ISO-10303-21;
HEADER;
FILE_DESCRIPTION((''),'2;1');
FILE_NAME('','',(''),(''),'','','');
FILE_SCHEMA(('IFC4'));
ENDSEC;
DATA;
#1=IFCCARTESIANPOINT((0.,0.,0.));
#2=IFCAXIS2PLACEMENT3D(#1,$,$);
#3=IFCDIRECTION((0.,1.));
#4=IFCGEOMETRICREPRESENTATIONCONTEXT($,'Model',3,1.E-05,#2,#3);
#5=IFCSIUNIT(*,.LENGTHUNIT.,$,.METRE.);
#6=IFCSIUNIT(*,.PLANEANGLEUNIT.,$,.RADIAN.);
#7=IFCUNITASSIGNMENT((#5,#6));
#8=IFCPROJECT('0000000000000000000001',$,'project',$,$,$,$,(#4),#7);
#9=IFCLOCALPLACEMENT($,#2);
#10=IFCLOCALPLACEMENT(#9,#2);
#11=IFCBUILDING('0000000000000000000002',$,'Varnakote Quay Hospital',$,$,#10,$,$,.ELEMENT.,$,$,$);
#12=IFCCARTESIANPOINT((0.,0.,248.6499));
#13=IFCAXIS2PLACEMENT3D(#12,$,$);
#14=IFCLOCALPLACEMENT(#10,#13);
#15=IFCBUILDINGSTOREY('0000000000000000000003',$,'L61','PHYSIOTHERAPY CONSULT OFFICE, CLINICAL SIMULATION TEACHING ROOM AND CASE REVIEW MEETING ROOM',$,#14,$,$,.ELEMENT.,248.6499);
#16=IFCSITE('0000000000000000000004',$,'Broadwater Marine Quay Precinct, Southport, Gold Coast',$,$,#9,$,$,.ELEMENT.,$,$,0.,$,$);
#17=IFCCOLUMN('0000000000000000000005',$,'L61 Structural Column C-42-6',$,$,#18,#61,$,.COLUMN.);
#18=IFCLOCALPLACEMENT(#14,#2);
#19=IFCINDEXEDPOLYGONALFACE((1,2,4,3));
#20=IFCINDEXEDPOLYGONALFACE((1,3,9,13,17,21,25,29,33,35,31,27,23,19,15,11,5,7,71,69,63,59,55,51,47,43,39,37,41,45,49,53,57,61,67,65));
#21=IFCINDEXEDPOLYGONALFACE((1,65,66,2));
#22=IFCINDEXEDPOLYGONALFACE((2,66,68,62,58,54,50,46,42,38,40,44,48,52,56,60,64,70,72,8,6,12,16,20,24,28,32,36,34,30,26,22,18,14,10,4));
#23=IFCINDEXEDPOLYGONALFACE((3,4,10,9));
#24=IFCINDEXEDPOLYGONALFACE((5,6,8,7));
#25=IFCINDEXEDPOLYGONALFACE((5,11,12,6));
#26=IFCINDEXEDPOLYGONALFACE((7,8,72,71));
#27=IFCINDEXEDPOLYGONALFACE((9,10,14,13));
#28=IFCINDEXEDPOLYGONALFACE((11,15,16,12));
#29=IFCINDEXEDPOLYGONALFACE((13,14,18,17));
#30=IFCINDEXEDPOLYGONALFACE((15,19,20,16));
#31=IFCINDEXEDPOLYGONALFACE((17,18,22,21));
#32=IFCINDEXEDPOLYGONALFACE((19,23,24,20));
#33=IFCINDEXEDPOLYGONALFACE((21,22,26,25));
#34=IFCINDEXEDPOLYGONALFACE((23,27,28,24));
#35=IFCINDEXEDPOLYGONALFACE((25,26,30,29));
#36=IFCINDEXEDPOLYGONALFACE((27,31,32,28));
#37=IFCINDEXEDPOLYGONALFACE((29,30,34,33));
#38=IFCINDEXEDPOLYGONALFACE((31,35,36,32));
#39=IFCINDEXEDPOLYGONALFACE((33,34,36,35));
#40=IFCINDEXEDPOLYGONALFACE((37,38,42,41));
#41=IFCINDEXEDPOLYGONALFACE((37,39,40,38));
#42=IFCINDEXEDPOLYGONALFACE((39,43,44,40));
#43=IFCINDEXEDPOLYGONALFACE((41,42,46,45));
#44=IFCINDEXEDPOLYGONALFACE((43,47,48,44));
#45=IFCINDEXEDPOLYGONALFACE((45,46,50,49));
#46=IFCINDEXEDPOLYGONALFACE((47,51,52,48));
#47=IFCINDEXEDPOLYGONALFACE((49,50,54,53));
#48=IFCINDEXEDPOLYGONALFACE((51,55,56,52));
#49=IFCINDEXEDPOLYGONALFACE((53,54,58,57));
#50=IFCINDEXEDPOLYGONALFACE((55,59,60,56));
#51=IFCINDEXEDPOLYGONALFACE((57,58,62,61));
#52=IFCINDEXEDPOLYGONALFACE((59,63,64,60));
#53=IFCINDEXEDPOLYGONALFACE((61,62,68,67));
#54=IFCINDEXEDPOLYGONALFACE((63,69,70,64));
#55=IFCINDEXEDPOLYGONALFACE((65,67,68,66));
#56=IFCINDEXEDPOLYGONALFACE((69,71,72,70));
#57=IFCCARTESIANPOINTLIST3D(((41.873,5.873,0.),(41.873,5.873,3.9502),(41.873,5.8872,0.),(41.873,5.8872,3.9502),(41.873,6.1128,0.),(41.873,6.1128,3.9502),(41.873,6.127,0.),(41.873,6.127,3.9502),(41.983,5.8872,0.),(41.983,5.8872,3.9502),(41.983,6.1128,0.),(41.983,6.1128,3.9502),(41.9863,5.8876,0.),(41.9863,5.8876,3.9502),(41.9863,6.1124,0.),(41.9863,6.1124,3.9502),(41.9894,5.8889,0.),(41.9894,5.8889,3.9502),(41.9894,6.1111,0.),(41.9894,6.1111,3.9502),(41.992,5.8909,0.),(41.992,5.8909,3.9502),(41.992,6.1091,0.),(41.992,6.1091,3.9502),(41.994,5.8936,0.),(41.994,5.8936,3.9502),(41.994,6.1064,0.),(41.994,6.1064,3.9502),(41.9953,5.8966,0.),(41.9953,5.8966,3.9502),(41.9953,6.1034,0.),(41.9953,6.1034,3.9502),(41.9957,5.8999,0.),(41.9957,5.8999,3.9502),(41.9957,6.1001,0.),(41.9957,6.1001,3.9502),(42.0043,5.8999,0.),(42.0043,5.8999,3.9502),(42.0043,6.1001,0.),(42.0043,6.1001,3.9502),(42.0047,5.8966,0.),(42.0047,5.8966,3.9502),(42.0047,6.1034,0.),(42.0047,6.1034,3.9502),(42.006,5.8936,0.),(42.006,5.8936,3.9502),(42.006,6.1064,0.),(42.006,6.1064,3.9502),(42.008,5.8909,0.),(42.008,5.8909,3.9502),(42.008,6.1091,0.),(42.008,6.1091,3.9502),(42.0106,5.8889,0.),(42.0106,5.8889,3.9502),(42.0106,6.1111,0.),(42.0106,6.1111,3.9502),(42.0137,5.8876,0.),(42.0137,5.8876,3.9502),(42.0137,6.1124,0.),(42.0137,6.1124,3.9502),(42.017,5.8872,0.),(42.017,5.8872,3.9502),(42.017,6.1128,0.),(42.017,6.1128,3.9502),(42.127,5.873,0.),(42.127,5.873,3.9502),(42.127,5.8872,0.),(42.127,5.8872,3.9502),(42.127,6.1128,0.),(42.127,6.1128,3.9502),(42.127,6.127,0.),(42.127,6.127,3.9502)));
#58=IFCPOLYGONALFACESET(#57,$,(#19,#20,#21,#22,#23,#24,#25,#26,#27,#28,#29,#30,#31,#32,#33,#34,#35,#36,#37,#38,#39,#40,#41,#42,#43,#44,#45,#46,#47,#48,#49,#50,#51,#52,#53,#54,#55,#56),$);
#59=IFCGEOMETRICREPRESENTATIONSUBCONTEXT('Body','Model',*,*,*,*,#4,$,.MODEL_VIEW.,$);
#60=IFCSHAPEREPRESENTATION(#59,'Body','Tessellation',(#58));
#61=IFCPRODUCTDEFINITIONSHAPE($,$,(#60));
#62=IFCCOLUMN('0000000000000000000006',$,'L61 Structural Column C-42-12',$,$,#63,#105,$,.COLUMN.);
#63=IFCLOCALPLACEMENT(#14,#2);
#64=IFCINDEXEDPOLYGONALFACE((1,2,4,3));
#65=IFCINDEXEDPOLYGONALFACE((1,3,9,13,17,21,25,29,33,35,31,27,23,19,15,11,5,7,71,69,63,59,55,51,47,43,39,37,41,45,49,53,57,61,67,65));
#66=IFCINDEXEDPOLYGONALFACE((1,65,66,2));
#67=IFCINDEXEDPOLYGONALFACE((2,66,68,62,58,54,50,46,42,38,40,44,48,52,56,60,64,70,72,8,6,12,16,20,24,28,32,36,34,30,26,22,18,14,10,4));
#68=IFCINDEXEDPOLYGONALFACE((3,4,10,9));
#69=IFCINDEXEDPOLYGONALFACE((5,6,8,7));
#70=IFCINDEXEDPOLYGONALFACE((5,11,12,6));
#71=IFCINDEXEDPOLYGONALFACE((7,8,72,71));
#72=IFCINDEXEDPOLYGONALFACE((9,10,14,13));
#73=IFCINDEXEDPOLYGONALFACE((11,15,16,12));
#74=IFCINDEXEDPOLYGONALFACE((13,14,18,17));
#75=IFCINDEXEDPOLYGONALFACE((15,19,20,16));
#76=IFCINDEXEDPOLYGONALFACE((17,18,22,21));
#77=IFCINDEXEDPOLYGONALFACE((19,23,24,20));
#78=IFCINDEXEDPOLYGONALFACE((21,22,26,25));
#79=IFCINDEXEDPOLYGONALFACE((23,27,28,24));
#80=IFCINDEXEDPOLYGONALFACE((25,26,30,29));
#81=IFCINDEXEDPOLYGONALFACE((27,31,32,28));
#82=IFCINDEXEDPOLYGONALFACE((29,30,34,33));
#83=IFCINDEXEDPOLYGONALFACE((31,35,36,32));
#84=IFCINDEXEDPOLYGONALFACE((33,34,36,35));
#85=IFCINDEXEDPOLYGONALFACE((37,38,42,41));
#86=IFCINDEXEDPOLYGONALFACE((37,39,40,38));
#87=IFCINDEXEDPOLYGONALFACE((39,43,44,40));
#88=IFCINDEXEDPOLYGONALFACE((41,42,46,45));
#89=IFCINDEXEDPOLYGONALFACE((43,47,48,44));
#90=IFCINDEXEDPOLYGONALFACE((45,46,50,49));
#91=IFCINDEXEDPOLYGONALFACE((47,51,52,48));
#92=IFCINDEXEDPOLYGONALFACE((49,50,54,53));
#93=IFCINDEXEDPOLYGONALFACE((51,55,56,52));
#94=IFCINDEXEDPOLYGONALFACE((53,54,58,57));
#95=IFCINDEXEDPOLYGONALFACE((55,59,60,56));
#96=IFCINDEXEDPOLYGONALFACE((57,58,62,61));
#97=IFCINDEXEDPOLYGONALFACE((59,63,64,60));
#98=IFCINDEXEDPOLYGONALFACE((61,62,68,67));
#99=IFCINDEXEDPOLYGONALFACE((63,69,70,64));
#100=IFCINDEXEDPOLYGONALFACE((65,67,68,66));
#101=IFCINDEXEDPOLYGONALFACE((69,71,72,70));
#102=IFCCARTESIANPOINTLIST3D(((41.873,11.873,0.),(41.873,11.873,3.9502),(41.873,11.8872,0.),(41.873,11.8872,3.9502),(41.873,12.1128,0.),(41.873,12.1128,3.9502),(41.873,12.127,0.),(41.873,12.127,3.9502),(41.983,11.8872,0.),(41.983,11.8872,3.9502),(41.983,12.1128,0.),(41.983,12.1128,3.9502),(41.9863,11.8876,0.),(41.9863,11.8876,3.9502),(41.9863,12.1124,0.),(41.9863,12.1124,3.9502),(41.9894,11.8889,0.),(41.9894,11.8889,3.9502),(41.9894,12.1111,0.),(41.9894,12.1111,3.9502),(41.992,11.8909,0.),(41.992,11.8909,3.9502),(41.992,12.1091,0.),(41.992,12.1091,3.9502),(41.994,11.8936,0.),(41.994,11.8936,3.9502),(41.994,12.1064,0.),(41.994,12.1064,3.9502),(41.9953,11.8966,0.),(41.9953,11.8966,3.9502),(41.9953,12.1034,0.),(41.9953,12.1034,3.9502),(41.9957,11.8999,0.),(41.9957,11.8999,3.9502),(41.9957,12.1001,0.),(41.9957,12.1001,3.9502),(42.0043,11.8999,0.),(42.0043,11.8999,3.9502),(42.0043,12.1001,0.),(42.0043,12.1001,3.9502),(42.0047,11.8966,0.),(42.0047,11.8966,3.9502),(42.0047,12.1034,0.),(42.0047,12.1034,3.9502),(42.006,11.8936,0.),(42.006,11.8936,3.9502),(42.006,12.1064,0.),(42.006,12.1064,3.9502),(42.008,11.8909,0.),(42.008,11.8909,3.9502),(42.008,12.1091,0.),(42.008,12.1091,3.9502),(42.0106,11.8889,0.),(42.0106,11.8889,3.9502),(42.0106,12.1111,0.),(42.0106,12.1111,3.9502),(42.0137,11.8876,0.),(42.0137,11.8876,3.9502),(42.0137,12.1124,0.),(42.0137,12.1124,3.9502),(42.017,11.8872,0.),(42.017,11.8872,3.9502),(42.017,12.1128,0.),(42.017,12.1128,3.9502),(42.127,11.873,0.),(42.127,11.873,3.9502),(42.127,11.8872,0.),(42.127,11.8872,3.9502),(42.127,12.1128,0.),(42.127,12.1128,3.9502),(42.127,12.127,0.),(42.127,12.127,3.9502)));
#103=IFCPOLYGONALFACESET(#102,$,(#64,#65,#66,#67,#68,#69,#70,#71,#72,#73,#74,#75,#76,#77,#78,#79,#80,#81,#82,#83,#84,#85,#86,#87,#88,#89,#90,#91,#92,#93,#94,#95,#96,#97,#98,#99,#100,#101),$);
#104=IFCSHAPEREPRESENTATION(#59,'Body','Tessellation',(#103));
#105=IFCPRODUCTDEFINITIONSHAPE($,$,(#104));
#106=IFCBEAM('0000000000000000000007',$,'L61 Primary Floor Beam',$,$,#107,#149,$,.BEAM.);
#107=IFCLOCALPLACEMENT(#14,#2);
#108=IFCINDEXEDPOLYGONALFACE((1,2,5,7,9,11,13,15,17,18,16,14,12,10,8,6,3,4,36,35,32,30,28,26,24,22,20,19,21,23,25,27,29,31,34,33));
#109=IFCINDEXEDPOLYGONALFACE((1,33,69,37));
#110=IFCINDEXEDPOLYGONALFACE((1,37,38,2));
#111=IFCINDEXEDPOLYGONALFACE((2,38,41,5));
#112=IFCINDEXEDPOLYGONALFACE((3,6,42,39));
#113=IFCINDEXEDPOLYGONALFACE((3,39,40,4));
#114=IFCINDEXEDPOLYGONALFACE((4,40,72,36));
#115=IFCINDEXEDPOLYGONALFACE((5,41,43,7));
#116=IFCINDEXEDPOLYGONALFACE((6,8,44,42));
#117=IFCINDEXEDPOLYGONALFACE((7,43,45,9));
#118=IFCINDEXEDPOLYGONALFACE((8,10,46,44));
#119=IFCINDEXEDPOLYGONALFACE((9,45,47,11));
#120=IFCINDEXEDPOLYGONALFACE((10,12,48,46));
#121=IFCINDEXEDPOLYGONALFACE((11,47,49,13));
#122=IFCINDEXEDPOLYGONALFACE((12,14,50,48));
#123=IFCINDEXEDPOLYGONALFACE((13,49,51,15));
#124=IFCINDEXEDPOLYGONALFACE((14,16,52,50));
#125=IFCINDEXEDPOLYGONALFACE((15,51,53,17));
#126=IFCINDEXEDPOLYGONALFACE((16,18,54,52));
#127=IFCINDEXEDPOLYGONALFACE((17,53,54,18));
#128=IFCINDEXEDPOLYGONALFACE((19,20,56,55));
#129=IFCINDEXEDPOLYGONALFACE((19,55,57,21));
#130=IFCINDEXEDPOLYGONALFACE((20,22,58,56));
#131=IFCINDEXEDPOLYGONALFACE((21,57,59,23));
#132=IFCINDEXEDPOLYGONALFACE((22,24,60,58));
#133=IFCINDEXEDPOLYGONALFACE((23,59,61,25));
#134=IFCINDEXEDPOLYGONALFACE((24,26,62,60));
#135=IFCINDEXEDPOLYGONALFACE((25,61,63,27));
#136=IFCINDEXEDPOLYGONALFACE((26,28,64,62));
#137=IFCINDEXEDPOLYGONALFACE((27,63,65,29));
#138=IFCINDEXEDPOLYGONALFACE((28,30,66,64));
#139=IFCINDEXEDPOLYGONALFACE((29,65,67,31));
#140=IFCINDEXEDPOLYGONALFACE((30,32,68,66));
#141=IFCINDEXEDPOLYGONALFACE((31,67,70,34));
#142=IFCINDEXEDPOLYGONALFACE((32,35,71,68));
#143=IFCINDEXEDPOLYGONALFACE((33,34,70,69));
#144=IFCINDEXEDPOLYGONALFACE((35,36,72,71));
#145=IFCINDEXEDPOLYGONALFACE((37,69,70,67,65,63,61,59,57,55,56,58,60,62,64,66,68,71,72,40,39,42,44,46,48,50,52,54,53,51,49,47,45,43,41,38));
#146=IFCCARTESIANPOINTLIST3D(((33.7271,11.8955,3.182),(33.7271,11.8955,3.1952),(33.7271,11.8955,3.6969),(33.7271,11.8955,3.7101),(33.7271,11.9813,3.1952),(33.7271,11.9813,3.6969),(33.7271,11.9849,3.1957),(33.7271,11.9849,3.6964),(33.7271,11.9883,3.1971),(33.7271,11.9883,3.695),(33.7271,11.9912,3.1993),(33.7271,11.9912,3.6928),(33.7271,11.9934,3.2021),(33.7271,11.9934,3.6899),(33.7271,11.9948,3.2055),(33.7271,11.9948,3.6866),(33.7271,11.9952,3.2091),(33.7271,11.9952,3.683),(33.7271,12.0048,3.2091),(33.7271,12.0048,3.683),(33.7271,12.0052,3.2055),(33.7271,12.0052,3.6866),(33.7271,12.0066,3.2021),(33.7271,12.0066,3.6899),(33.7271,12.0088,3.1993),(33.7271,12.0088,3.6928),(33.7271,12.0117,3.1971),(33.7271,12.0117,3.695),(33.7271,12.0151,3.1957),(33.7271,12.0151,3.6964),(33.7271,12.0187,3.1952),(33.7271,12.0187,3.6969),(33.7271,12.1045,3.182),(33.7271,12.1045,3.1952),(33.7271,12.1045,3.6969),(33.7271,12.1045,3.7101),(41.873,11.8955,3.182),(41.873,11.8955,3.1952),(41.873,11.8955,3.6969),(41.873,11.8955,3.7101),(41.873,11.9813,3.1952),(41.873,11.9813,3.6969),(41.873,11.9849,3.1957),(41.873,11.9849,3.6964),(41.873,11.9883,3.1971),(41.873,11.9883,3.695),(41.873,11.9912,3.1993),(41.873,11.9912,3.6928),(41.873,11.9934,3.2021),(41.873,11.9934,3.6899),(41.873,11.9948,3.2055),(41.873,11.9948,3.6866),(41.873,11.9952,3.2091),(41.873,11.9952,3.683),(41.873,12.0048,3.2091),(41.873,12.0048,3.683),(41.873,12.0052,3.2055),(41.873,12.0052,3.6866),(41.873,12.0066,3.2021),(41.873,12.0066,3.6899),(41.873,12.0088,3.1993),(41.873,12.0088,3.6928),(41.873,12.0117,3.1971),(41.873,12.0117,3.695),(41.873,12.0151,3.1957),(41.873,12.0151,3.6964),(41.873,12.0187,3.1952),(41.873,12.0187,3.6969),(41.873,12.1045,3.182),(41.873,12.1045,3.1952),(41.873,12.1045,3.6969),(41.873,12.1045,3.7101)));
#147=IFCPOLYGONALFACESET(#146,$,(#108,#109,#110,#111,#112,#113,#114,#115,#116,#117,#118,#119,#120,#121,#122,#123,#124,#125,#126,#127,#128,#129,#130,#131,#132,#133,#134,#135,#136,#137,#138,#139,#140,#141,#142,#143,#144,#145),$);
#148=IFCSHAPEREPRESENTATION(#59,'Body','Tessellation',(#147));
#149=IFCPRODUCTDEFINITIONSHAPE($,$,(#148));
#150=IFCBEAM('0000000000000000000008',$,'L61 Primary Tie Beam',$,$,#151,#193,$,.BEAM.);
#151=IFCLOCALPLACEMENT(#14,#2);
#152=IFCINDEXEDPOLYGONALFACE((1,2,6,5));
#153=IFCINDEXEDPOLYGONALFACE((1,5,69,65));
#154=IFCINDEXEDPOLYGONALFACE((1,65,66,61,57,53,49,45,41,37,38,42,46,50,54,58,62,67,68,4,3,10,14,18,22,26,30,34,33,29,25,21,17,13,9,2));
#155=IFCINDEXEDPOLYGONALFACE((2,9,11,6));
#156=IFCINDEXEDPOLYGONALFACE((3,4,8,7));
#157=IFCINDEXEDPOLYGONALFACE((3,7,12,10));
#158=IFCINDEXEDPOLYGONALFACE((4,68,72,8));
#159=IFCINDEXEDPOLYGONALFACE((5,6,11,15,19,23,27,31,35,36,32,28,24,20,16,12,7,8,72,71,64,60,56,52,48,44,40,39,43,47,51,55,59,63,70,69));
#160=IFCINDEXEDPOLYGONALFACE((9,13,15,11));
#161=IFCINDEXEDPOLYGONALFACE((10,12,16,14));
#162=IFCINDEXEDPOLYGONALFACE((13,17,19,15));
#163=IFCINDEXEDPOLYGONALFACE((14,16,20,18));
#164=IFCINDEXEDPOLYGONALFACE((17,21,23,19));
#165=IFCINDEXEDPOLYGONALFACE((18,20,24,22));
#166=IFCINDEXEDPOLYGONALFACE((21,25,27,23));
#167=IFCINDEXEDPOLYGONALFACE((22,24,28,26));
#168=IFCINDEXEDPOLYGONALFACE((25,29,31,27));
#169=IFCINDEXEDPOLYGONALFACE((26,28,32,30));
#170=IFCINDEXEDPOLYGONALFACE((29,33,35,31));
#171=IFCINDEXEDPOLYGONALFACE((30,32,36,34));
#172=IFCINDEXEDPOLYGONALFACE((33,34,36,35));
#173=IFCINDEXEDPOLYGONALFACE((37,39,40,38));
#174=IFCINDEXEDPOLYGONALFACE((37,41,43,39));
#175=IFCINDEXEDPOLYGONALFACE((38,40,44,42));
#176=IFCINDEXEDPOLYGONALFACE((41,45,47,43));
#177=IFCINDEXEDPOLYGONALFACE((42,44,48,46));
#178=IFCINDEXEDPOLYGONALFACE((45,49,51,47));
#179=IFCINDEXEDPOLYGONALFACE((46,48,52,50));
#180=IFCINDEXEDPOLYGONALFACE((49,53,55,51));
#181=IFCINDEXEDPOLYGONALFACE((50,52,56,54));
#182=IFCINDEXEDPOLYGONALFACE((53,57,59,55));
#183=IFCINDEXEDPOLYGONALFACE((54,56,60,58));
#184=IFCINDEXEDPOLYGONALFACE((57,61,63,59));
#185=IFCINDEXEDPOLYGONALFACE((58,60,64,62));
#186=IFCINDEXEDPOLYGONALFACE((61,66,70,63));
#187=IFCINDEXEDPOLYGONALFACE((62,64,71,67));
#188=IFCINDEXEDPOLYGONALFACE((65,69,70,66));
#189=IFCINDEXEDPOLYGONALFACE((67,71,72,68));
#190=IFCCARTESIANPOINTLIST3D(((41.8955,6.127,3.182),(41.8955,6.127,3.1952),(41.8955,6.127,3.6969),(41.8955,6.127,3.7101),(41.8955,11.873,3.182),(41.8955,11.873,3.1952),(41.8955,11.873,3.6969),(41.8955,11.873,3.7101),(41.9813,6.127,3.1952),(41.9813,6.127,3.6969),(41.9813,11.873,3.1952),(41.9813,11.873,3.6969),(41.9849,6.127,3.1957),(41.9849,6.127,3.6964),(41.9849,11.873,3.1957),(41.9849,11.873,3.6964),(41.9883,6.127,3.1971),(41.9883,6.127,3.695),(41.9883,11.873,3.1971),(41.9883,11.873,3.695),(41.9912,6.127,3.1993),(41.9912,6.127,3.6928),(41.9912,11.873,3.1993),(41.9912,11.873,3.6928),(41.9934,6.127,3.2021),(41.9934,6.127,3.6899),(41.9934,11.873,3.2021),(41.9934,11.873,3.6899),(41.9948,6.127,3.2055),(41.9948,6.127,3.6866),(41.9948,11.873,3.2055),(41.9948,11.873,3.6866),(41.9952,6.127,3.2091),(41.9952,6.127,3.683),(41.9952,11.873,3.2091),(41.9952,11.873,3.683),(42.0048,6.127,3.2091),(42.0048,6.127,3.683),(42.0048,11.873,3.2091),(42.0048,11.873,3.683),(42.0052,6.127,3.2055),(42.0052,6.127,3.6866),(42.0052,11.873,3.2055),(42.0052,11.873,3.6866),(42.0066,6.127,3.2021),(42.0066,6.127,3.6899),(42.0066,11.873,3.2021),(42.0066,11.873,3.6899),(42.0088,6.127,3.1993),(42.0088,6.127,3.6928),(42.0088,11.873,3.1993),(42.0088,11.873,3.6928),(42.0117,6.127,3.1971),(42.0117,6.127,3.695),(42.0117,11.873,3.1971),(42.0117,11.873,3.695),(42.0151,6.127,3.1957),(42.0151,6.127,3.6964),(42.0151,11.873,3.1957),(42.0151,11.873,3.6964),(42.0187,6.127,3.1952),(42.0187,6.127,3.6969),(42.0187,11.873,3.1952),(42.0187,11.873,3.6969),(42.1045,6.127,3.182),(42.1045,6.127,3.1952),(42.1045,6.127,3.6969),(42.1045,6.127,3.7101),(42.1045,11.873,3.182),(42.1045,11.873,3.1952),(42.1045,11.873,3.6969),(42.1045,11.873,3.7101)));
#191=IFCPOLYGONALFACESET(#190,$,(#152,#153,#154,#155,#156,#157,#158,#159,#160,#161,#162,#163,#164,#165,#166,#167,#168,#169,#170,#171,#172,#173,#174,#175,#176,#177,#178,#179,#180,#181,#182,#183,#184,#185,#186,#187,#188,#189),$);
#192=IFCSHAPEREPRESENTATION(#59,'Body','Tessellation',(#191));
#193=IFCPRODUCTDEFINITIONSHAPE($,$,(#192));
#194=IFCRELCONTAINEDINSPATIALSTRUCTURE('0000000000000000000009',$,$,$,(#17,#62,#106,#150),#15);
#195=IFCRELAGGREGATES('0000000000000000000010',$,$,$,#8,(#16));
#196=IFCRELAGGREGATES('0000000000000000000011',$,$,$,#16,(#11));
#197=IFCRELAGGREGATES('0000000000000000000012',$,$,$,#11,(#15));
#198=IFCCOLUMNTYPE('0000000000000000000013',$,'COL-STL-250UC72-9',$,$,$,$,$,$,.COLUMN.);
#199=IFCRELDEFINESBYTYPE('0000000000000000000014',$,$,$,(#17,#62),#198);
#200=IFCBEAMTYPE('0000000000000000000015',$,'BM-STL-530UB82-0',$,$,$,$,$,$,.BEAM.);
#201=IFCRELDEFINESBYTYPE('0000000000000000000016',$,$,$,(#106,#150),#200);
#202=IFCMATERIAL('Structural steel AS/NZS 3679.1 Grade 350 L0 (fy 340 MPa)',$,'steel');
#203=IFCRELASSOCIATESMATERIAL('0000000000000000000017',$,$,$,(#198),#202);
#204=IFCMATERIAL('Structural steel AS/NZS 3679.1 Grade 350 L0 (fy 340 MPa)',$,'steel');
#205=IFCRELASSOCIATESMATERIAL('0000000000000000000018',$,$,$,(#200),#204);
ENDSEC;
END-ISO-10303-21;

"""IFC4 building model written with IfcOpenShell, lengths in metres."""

from ifc_helpers import new_model, si_unit, direction, frame, origin, origin_2d, place, context, subcontext, project, spatial, i_section, extrude, material, material_profile, profile_set, type_object, element, save


model = new_model("IFC4")

# Units and contexts
model_context = context("Model", 3, precision=1e-05, world=origin(), true_north=direction((0.0, 1.0)))
body_context = subcontext(model_context, "Body", "Model", "MODEL_VIEW")
ifc_project = project(units=[si_unit("LENGTHUNIT", "METRE"), si_unit("PLANEANGLEUNIT", "RADIAN")], contexts=[model_context])

# Site, building, storey
site_placement = place(None, origin())
site = spatial("IfcSite", under=ifc_project, at=site_placement, Name="Broadwater Marine Quay Precinct, Southport, Gold Coast", CompositionType="ELEMENT", RefElevation=0.0)
building_placement = place(site_placement, origin())
building = spatial("IfcBuilding", under=site, at=building_placement, Name="Varnakote Quay Hospital", CompositionType="ELEMENT")
storey_placement = place(building_placement, frame((0.0, 0.0, 248.6499)))
storey = spatial("IfcBuildingStorey", under=building, at=storey_placement, Name="L61", Description="PHYSIOTHERAPY CONSULT OFFICE, CLINICAL SIMULATION TEACHING ROOM AND CASE REVIEW MEETING ROOM", CompositionType="ELEMENT", Elevation=248.6499)

# Columns
ifc_material_1 = material(Name="Structural steel AS/NZS 3679.1 Grade 350 L0 (fy 340 MPa)", Category="steel")
ifc_material_profile_1 = material_profile(ifc_material_1, i_section(OverallWidth=0.2539, OverallDepth=0.2539, WebThickness=0.0085, FlangeThickness=0.0142, FilletRadius=0.0127, at=origin_2d()), Name="250UC72.9")
ifc_profile_set_1 = profile_set([ifc_material_profile_1], Name="Structural steel AS/NZS 3679.1 Grade 350 L0 (fy 340 MPa)")
column_type = type_object("IfcColumnType", Name="COL-STL-250UC72-9", PredefinedType="COLUMN", material=ifc_profile_set_1)
for number, where, z_axis, x_axis, name in (
    (1, (42.0, 6.0, 0.0), (0.0, 0.0, 1.0), (1.0, 0.0, 0.0), "L61 Structural Column C-42-6"),
    (2, (42.0, 12.0, 0.0), (0.0, 0.0, 1.0), (1.0, 0.0, 0.0), "L61 Structural Column C-42-12"),
):
    element("IfcColumn", number, at=place(storey_placement, frame(where, z_axis=z_axis, x_axis=x_axis)), inside=storey, type_object=column_type, Name=name, PredefinedType="COLUMN", context=body_context, shape_type="SweptSolid", body=[
        extrude(i_section(OverallWidth=0.2539, OverallDepth=0.2539, WebThickness=0.0085, FlangeThickness=0.0142, FilletRadius=0.0127, at=origin_2d()), origin(), (0.0, 0.0, 1.0), 3.9502),
    ])

# Beams
ifc_material_2 = material(Name="Structural steel AS/NZS 3679.1 Grade 350 L0 (fy 340 MPa)", Category="steel")
ifc_material_profile_2 = material_profile(ifc_material_2, i_section(OverallWidth=0.209, OverallDepth=0.5281, WebThickness=0.0095, FlangeThickness=0.0132, FilletRadius=0.0139, at=origin_2d()), Name="530UB82.0")
ifc_profile_set_2 = profile_set([ifc_material_profile_2], Name="Structural steel AS/NZS 3679.1 Grade 350 L0 (fy 340 MPa)")
beam_type_1 = type_object("IfcBeamType", Name="BM-STL-530UB82-0", PredefinedType="BEAM", material=ifc_profile_set_2)
beam_1_placement = place(storey_placement, frame((33.7271, 12.0, 3.446), z_axis=(1.0, 0.0, 0.0), x_axis=(0.0, 1.0, 0.0)))
element("IfcBeam", 3, at=beam_1_placement, inside=storey, type_object=beam_type_1, Name="L61 Primary Floor Beam", PredefinedType="BEAM", context=body_context, shape_type="SweptSolid", body=[
    extrude(i_section(OverallWidth=0.209, OverallDepth=0.5281, WebThickness=0.0095, FlangeThickness=0.0132, FilletRadius=0.0139, at=origin_2d()), origin(), (0.0, 0.0, 1.0), 8.146),
])
beam_2_placement = place(storey_placement, frame((42.0, 6.127, 3.446), z_axis=(0.0, 1.0, 0.0), x_axis=(-1.0, 0.0, 0.0)))
element("IfcBeam", 4, at=beam_2_placement, inside=storey, type_object=beam_type_1, Name="L61 Primary Tie Beam", PredefinedType="BEAM", context=body_context, shape_type="SweptSolid", body=[
    extrude(i_section(OverallWidth=0.209, OverallDepth=0.5281, WebThickness=0.0095, FlangeThickness=0.0132, FilletRadius=0.0139, at=origin_2d()), origin(), (0.0, 0.0, 1.0), 5.7461),
])

save(model, "model.ifc")
